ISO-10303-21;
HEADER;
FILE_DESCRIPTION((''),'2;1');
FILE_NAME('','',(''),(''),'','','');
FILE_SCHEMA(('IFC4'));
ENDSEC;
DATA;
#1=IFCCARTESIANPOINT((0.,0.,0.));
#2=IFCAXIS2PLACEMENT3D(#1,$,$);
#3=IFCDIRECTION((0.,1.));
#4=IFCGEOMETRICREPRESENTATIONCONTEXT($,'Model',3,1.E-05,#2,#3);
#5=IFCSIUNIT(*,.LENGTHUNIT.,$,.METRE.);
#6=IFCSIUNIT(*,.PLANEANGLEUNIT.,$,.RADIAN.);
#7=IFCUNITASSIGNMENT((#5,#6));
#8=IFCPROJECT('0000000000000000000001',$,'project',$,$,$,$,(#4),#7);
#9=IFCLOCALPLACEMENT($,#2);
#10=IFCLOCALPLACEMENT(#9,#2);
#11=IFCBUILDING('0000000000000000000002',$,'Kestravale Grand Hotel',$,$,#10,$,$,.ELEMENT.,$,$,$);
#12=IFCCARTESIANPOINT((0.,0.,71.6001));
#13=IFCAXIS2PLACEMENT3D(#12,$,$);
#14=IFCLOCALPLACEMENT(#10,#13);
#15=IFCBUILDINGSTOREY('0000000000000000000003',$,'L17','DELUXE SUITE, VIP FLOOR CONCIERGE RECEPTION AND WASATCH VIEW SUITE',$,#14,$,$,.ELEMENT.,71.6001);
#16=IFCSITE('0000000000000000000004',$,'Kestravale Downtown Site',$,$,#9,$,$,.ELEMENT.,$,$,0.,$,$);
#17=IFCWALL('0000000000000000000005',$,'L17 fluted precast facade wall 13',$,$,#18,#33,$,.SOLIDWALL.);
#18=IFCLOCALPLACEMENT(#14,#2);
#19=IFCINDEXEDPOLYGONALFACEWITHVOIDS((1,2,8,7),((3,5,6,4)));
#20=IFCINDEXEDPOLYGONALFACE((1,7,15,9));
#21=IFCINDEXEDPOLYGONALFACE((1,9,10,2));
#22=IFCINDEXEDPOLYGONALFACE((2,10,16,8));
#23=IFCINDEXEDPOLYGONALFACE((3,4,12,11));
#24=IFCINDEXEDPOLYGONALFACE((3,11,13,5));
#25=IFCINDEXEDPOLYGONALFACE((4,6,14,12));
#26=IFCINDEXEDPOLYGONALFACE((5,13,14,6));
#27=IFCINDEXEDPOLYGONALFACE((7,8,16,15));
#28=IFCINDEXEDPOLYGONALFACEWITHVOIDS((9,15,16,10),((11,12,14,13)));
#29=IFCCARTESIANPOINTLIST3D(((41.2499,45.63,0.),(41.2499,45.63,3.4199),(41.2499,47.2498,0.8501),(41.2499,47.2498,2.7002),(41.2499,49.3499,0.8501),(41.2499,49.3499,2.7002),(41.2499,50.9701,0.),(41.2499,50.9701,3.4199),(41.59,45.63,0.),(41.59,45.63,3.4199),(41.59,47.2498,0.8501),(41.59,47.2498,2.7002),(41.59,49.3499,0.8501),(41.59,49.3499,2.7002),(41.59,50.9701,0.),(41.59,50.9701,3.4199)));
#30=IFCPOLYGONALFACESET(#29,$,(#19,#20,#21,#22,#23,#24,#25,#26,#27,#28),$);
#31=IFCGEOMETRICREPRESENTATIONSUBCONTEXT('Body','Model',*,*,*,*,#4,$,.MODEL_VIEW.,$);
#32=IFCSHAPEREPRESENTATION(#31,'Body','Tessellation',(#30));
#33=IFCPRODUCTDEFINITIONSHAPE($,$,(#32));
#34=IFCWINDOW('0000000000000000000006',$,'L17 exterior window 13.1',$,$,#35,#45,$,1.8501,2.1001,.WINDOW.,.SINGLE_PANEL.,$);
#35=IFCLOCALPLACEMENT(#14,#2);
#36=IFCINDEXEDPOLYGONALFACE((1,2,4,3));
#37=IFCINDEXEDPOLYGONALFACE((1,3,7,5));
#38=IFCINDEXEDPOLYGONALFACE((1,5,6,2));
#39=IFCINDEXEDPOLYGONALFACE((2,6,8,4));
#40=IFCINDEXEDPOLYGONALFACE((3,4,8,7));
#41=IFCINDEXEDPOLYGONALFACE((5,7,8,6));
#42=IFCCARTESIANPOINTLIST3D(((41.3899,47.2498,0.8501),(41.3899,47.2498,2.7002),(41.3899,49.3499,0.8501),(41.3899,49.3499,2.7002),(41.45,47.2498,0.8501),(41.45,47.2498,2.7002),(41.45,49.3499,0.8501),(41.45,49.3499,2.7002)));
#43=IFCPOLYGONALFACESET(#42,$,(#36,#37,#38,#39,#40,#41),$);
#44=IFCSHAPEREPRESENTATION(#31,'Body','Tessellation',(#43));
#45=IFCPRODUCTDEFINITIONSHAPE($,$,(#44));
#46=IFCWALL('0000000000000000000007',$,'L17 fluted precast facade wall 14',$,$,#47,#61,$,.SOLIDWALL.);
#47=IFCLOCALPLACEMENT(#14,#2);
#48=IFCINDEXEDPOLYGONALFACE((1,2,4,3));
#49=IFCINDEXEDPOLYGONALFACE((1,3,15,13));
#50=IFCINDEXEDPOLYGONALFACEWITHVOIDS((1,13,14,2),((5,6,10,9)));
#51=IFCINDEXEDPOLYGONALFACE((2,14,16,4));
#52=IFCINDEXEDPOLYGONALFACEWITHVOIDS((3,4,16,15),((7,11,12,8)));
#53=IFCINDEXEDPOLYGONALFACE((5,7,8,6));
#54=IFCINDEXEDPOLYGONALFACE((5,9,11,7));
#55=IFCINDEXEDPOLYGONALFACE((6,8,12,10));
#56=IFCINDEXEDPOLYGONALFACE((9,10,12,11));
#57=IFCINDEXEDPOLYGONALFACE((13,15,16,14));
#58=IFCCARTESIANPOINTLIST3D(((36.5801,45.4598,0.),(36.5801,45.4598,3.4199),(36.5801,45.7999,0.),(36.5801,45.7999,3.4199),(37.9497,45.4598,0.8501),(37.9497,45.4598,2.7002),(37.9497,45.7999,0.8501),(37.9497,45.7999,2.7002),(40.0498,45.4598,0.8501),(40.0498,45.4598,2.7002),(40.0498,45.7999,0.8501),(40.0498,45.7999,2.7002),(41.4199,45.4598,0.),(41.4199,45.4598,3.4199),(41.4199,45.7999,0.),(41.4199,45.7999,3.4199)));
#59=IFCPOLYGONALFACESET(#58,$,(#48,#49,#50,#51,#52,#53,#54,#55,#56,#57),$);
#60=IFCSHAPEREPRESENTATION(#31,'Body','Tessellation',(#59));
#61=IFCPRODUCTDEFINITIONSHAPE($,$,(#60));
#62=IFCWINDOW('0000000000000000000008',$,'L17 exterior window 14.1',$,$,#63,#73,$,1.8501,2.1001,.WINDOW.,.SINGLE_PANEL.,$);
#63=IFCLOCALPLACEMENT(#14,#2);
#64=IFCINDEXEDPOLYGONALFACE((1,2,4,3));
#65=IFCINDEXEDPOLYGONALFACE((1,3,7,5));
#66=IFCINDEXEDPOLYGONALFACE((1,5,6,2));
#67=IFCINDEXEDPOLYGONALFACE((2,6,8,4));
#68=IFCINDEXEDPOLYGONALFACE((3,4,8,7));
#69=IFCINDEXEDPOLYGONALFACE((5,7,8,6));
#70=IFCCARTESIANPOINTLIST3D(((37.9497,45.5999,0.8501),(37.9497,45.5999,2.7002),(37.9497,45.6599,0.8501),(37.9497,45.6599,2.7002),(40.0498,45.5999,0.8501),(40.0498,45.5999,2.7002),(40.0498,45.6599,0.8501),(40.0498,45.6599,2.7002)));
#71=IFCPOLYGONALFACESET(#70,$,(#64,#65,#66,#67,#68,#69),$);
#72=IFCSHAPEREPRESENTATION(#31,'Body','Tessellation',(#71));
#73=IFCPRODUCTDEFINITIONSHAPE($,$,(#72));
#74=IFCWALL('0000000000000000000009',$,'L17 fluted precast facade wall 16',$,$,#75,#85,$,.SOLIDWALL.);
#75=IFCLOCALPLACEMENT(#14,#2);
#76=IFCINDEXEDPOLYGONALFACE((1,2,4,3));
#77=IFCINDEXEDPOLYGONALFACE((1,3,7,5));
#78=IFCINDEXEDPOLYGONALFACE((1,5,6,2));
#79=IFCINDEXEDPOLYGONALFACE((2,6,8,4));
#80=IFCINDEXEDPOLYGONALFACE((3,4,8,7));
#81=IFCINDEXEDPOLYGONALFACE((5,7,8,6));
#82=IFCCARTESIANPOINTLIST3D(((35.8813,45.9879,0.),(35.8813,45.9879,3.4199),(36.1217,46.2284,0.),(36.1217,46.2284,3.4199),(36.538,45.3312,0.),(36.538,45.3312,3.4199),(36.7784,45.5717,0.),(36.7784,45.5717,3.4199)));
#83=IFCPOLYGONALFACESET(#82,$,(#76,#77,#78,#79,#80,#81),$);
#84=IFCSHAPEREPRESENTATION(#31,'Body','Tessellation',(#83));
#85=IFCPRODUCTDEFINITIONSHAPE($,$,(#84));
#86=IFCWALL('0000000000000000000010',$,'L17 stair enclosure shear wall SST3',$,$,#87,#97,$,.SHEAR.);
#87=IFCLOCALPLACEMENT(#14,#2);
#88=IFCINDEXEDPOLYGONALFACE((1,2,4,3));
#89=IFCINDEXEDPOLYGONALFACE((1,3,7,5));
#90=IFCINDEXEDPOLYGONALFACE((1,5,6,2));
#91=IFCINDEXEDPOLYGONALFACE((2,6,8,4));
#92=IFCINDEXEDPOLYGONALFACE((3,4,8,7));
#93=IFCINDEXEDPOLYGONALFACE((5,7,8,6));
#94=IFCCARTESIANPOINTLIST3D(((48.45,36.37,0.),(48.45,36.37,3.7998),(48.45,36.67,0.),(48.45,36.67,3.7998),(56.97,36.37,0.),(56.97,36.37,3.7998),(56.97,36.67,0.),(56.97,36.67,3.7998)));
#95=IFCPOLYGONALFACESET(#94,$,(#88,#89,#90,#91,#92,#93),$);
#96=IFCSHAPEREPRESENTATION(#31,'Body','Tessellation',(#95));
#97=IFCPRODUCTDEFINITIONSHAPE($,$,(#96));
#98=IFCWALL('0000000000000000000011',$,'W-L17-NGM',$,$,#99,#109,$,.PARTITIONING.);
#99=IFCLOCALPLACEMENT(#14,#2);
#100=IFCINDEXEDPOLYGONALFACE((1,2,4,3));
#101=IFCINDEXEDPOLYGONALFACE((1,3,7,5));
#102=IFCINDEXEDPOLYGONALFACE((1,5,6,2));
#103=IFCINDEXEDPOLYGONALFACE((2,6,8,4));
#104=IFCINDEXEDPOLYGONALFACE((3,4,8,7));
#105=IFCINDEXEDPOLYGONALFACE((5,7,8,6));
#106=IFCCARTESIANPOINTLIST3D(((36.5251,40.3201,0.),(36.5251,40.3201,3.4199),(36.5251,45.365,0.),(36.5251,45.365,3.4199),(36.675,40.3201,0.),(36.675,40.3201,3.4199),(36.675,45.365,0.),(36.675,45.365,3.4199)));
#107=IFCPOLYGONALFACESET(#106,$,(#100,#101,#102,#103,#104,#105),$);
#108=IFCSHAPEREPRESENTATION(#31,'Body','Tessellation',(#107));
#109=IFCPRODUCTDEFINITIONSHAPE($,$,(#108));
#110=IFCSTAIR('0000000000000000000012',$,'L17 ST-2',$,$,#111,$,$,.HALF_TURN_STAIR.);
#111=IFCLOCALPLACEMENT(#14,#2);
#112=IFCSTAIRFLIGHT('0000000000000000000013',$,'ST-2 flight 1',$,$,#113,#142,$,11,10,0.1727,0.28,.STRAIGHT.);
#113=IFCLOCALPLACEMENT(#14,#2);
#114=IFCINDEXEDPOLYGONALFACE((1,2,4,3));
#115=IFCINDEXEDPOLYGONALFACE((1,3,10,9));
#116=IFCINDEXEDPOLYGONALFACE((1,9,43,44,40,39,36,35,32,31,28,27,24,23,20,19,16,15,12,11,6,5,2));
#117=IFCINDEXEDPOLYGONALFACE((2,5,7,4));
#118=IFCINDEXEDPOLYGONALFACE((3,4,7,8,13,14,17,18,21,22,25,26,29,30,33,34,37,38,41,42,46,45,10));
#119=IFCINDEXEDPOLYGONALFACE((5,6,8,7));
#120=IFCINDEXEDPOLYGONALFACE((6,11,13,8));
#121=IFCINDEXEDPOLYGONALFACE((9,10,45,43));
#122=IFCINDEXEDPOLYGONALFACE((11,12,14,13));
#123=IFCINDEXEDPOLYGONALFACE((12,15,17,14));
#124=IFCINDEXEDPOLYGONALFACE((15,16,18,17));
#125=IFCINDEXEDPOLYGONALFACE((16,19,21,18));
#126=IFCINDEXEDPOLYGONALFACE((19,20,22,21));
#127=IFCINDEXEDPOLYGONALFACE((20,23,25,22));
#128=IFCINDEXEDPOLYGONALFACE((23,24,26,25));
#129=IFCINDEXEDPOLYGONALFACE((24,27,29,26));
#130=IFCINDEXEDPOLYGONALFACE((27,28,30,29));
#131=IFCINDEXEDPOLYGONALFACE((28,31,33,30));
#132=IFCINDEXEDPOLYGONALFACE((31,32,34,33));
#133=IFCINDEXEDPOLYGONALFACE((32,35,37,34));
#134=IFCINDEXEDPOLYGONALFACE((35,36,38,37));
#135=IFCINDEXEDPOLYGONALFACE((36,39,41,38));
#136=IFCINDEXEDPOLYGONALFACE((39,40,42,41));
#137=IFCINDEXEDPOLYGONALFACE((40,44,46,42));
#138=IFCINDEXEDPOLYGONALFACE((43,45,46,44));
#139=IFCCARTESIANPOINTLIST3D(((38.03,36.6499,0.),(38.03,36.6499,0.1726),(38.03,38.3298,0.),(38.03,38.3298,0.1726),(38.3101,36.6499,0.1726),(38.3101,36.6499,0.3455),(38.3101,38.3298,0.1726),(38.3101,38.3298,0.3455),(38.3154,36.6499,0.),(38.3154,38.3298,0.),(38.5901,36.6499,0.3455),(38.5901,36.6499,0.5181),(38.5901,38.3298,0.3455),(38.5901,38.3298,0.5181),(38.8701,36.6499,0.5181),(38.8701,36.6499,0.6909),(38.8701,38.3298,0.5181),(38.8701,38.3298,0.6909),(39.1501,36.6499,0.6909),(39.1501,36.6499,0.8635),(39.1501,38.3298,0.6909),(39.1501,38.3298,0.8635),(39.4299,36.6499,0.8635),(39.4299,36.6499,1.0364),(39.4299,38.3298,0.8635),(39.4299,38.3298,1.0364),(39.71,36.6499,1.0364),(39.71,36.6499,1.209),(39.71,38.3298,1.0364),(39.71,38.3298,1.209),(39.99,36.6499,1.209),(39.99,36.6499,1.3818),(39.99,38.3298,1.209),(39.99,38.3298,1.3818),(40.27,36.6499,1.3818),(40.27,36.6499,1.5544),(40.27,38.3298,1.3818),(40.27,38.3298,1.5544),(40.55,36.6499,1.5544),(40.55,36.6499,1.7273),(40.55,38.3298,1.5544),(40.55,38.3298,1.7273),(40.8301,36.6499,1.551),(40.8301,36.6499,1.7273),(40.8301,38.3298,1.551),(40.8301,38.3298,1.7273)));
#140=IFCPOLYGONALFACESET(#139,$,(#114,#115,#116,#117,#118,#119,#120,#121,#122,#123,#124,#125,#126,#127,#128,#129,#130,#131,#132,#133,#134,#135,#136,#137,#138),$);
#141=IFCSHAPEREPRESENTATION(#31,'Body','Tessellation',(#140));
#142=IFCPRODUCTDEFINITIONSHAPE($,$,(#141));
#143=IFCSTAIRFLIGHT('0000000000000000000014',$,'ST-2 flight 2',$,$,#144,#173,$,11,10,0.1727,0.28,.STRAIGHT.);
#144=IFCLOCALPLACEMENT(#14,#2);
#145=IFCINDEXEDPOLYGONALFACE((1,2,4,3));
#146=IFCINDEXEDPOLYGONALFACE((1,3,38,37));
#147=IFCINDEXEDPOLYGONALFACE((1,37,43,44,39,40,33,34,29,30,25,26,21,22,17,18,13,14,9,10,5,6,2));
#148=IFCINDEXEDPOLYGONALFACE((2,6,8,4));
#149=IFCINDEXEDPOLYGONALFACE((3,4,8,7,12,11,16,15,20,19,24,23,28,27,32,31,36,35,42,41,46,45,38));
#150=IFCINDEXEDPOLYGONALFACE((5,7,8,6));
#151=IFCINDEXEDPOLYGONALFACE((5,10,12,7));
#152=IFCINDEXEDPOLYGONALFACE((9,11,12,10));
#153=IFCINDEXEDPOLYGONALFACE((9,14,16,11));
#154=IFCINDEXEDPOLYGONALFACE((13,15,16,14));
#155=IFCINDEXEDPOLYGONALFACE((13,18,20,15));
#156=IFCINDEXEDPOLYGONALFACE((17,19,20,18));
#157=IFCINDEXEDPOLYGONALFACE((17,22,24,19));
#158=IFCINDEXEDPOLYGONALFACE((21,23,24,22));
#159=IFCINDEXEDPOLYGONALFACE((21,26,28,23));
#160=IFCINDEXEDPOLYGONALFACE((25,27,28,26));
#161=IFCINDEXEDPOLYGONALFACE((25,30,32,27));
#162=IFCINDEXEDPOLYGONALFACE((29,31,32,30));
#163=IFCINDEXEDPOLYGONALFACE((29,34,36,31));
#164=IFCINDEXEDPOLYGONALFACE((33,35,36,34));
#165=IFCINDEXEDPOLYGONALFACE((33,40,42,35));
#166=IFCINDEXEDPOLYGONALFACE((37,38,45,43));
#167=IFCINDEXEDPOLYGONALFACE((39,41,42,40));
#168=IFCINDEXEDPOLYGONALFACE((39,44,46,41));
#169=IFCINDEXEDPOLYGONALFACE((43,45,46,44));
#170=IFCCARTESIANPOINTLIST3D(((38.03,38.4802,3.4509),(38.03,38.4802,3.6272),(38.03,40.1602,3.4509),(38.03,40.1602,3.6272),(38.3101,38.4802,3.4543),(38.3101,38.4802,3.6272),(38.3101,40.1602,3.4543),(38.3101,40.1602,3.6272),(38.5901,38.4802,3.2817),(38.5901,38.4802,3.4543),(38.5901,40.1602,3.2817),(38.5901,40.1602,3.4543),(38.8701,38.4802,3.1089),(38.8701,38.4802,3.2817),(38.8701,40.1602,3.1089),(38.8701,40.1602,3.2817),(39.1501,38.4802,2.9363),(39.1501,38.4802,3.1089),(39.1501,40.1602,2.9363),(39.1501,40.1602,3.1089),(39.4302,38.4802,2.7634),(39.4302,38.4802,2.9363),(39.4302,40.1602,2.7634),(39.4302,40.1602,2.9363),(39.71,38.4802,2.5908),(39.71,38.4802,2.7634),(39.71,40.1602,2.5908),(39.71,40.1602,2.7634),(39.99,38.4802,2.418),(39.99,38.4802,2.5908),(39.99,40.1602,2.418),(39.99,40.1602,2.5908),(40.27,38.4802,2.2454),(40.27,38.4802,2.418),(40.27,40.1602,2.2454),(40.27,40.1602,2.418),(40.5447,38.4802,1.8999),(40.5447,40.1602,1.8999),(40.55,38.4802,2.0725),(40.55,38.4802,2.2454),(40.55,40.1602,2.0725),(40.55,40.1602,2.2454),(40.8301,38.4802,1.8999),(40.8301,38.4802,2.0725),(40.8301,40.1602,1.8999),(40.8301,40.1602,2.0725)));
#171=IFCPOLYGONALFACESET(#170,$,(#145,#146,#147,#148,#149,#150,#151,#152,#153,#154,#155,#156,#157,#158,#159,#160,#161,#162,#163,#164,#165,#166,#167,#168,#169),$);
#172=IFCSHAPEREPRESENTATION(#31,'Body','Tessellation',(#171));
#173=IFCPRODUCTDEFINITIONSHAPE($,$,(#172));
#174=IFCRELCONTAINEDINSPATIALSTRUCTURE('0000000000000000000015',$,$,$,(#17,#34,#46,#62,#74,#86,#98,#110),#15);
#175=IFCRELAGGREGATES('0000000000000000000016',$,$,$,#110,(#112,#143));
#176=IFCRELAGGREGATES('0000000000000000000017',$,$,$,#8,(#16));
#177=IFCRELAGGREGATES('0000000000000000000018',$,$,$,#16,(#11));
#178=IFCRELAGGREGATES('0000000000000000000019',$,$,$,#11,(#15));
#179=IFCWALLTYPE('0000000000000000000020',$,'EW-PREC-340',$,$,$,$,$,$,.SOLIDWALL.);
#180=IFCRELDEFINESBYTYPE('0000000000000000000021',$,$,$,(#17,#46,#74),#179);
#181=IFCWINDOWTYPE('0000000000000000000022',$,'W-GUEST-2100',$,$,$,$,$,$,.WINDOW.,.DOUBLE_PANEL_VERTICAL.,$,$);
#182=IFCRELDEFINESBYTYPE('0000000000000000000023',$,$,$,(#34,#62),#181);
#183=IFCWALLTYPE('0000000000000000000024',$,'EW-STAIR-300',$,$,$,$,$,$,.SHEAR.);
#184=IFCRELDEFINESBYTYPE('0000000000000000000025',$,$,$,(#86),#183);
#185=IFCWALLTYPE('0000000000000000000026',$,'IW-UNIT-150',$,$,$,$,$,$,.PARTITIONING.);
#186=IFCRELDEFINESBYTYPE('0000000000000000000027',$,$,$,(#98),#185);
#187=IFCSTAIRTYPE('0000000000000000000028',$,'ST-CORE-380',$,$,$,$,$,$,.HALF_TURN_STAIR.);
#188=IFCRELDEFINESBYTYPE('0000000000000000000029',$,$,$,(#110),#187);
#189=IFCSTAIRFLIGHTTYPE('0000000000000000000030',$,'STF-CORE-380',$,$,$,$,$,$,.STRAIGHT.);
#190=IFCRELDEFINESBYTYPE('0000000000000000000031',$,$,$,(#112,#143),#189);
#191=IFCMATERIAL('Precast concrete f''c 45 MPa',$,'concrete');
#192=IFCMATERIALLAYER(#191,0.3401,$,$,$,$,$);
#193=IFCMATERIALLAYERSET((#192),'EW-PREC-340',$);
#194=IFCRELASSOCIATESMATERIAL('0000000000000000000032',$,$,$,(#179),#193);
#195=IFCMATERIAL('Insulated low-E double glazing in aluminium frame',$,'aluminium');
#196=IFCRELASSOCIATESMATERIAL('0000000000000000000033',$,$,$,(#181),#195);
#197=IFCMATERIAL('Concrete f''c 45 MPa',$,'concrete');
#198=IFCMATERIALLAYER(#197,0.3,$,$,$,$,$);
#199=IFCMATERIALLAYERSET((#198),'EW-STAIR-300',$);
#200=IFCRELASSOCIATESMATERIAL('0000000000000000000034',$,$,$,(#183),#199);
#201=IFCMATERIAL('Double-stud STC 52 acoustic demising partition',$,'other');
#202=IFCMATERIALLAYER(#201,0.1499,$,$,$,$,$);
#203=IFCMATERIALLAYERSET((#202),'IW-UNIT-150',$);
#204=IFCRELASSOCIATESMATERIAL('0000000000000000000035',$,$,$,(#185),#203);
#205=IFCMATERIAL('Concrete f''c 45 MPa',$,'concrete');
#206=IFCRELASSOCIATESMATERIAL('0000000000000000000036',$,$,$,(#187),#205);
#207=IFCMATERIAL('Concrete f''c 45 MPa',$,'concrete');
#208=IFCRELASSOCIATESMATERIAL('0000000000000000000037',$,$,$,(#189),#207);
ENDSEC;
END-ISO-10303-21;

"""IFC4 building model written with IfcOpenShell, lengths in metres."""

from ifc_helpers import new_model, si_unit, direction, frame, frame_2d, origin, place, context, subcontext, project, spatial, polyline, rectangle, outline, extrude, material, layer, layer_set, type_object, element, fill, aggregate, save


model = new_model("IFC4")

# Units and contexts
model_context = context("Model", 3, precision=1e-05, world=origin(), true_north=direction((0.0, 1.0)))
body_context = subcontext(model_context, "Body", "Model", "MODEL_VIEW")
ifc_project = project(units=[si_unit("LENGTHUNIT", "METRE"), si_unit("PLANEANGLEUNIT", "RADIAN")], contexts=[model_context])

# Site, building, storey
site_placement = place(None, origin())
site = spatial("IfcSite", under=ifc_project, at=site_placement, Name="Kestravale Downtown Site", CompositionType="ELEMENT", RefElevation=0.0)
building_placement = place(site_placement, origin())
building = spatial("IfcBuilding", under=site, at=building_placement, Name="Kestravale Grand Hotel", CompositionType="ELEMENT")
storey_placement = place(building_placement, frame((0.0, 0.0, 71.6001)))
storey = spatial("IfcBuildingStorey", under=building, at=storey_placement, Name="L17", Description="DELUXE SUITE, VIP FLOOR CONCIERGE RECEPTION AND WASATCH VIEW SUITE", CompositionType="ELEMENT", Elevation=71.6001)

# Shared definitions
ifc_material_1 = material(Name="Precast concrete f'c 45 MPa", Category="concrete")
ifc_layer_1 = layer(ifc_material_1, 0.3401)
ifc_layer_set_1 = layer_set([ifc_layer_1], Name="EW-PREC-340")
wall_type_1 = type_object("IfcWallType", Name="EW-PREC-340", PredefinedType="SOLIDWALL", material=ifc_layer_set_1)

# Walls, openings, windows
wall_1_placement = place(storey_placement, frame((41.4199, 50.97, 0.0), z_axis=(0.0, 0.0, 1.0), x_axis=(0.0, -1.0, 0.0)))
wall_1 = element("IfcWall", 1, at=wall_1_placement, inside=storey, type_object=wall_type_1, Name="L17 fluted precast facade wall 13", PredefinedType="SOLIDWALL", context=body_context, shape_type="SweptSolid", body=[
    extrude(rectangle(XDim=5.3401, YDim=0.3401, at=frame_2d((2.6699, 0.0))), origin(), (0.0, 0.0, 1.0), 3.4199),
])
opening_1_placement = place(wall_1_placement, frame((1.6201, 0.0, 0.8501)))
opening_1 = element("IfcOpeningElement", 2, at=opening_1_placement, cuts=wall_1, PredefinedType="OPENING", context=body_context, shape_type="SweptSolid", body=[
    extrude(rectangle(XDim=2.1001, YDim=1.8501, at=frame_2d((1.05, 0.925))), frame((0.0, 0.1799, 0.0), z_axis=(0.0, -1.0, 0.0), x_axis=(1.0, 0.0, 0.0)), (0.0, 0.0, 1.0), 0.3601),
])
ifc_material_2 = material(Name="Insulated low-E double glazing in aluminium frame", Category="aluminium")
window_type = type_object("IfcWindowType", Name="W-GUEST-2100", PartitioningType="DOUBLE_PANEL_VERTICAL", PredefinedType="WINDOW", material=ifc_material_2)
window_1_placement = place(opening_1_placement, origin())
window_1 = element("IfcWindow", 3, at=window_1_placement, inside=storey, type_object=window_type, Name="L17 exterior window 13.1", OverallHeight=1.8501, OverallWidth=2.1001, PartitioningType="SINGLE_PANEL", PredefinedType="WINDOW", context=body_context, shape_type="SweptSolid", body=[
    extrude(rectangle(XDim=2.1001, YDim=1.8501, at=frame_2d((1.05, 0.925))), frame((0.0, 0.03, 0.0), z_axis=(0.0, -1.0, 0.0), x_axis=(1.0, 0.0, 0.0)), (0.0, 0.0, 1.0), 0.0601),
])
fill(opening_1, window_1)
wall_2_placement = place(storey_placement, frame((41.4199, 45.6299, 0.0), z_axis=(0.0, 0.0, 1.0), x_axis=(-1.0, 0.0, 0.0)))
wall_2 = element("IfcWall", 4, at=wall_2_placement, inside=storey, type_object=wall_type_1, Name="L17 fluted precast facade wall 14", PredefinedType="SOLIDWALL", context=body_context, shape_type="SweptSolid", body=[
    extrude(rectangle(XDim=4.8398, YDim=0.3401, at=frame_2d((2.4199, 0.0))), origin(), (0.0, 0.0, 1.0), 3.4199),
])
opening_2_placement = place(wall_2_placement, frame((1.3701, 0.0, 0.8501)))
opening_2 = element("IfcOpeningElement", 5, at=opening_2_placement, cuts=wall_2, PredefinedType="OPENING", context=body_context, shape_type="SweptSolid", body=[
    extrude(rectangle(XDim=2.1001, YDim=1.8501, at=frame_2d((1.05, 0.925))), frame((0.0, 0.1799, 0.0), z_axis=(0.0, -1.0, 0.0), x_axis=(1.0, 0.0, 0.0)), (0.0, 0.0, 1.0), 0.3601),
])
window_2_placement = place(opening_2_placement, origin())
window_2 = element("IfcWindow", 6, at=window_2_placement, inside=storey, type_object=window_type, Name="L17 exterior window 14.1", OverallHeight=1.8501, OverallWidth=2.1001, PartitioningType="SINGLE_PANEL", PredefinedType="WINDOW", context=body_context, shape_type="SweptSolid", body=[
    extrude(rectangle(XDim=2.1001, YDim=1.8501, at=frame_2d((1.05, 0.925))), frame((0.0, 0.03, 0.0), z_axis=(0.0, -1.0, 0.0), x_axis=(1.0, 0.0, 0.0)), (0.0, 0.0, 1.0), 0.0601),
])
fill(opening_2, window_2)

# Walls
wall_3_placement = place(storey_placement, frame((36.6582, 45.4514, 0.0), z_axis=(0.0, 0.0, 1.0), x_axis=(-0.707107, 0.707107, 0.0)))
element("IfcWall", 7, at=wall_3_placement, inside=storey, type_object=wall_type_1, Name="L17 fluted precast facade wall 16", PredefinedType="SOLIDWALL", context=body_context, shape_type="SweptSolid", body=[
    extrude(rectangle(XDim=0.9287, YDim=0.3401, at=frame_2d((0.4644, 0.0))), origin(), (0.0, 0.0, 1.0), 3.4199),
])
ifc_material_3 = material(Name="Concrete f'c 45 MPa", Category="concrete")
ifc_layer_2 = layer(ifc_material_3, 0.3)
ifc_layer_set_2 = layer_set([ifc_layer_2], Name="EW-STAIR-300")
wall_type_2 = type_object("IfcWallType", Name="EW-STAIR-300", PredefinedType="SHEAR", material=ifc_layer_set_2)
wall_4_placement = place(storey_placement, frame((48.45, 36.52, 0.0), z_axis=(0.0, 0.0, 1.0), x_axis=(1.0, 0.0, 0.0)))
element("IfcWall", 8, at=wall_4_placement, inside=storey, type_object=wall_type_2, Name="L17 stair enclosure shear wall SST3", PredefinedType="SHEAR", context=body_context, shape_type="SweptSolid", body=[
    extrude(rectangle(XDim=8.52, YDim=0.3, at=frame_2d((4.26, 0.0))), origin(), (0.0, 0.0, 1.0), 3.7998),
])

# Wall
ifc_material_4 = material(Name="Double-stud STC 52 acoustic demising partition", Category="other")
ifc_layer_3 = layer(ifc_material_4, 0.1499)
ifc_layer_set_3 = layer_set([ifc_layer_3], Name="IW-UNIT-150")
wall_type_3 = type_object("IfcWallType", Name="IW-UNIT-150", PredefinedType="PARTITIONING", material=ifc_layer_set_3)
wall_5_placement = place(storey_placement, frame((36.6001, 40.3201, 0.0), z_axis=(0.0, 0.0, 1.0), x_axis=(0.0, 1.0, 0.0)))
element("IfcWall", 9, at=wall_5_placement, inside=storey, type_object=wall_type_3, Name="W-L17-NGM", PredefinedType="PARTITIONING", context=body_context, shape_type="SweptSolid", body=[
    extrude(rectangle(XDim=5.0449, YDim=0.1499, at=frame_2d((2.5225, 0.0))), origin(), (0.0, 0.0, 1.0), 3.4199),
])

# Stair, stair flights
ifc_material_5 = material(Name="Concrete f'c 45 MPa", Category="concrete")
stair_type = type_object("IfcStairType", Name="ST-CORE-380", PredefinedType="HALF_TURN_STAIR", material=ifc_material_5)
stair_placement = place(storey_placement, origin())
stair = element("IfcStair", 10, at=stair_placement, inside=storey, type_object=stair_type, Name="L17 ST-2", PredefinedType="HALF_TURN_STAIR")
ifc_material_6 = material(Name="Concrete f'c 45 MPa", Category="concrete")
stair_flight_type = type_object("IfcStairFlightType", Name="STF-CORE-380", PredefinedType="STRAIGHT", material=ifc_material_6)
stair_flight_1_placement = place(storey_placement, frame((38.03, 37.49, 0.0), z_axis=(0.0, 0.0, 1.0), x_axis=(1.0, 0.0, 0.0)))
stair_flight_1 = element("IfcStairFlight", 11, at=stair_flight_1_placement, type_object=stair_flight_type, Name="ST-2 flight 1", NumberOfRisers=11, NumberOfTreads=10, PredefinedType="STRAIGHT", RiserHeight=0.1727, TreadLength=0.28, context=body_context, shape_type="SweptSolid", body=[
    extrude(outline(polyline([(0.0, 0.0), (0.0, 0.1726), (0.28, 0.1726), (0.28, 0.3455), (0.5601, 0.3455), (0.5601, 0.5181), (0.8401, 0.5181), (0.8401, 0.6909), (1.1201, 0.6909), (1.1201, 0.8635), (1.3999, 0.8635), (1.3999, 1.0364), (1.6799, 1.0364), (1.6799, 1.209), (1.96, 1.209), (1.96, 1.3818), (2.24, 1.3818), (2.24, 1.5544), (2.52, 1.5544), (2.52, 1.7273), (2.8, 1.7273), (2.8, 1.8999), (2.8, 1.551), (0.2854, 0.0), (0.0, 0.0)])), frame((0.0, 0.8398, 0.0), z_axis=(0.0, -1.0, 0.0), x_axis=(1.0, 0.0, 0.0)), (0.0, 0.0, 1.0), 1.6799),
])
stair_flight_2_placement = place(storey_placement, frame((40.8301, 39.3201, 1.8999), z_axis=(0.0, 0.0, 1.0), x_axis=(-1.0, 0.0, 0.0)))
stair_flight_2 = element("IfcStairFlight", 12, at=stair_flight_2_placement, type_object=stair_flight_type, Name="ST-2 flight 2", NumberOfRisers=11, NumberOfTreads=10, PredefinedType="STRAIGHT", RiserHeight=0.1727, TreadLength=0.28, context=body_context, shape_type="SweptSolid", body=[
    extrude(outline(polyline([(0.0, 0.0), (0.0, 0.1726), (0.28, 0.1726), (0.28, 0.3455), (0.5601, 0.3455), (0.5601, 0.5181), (0.8401, 0.5181), (0.8401, 0.6909), (1.1201, 0.6909), (1.1201, 0.8635), (1.3999, 0.8635), (1.3999, 1.0364), (1.6799, 1.0364), (1.6799, 1.209), (1.96, 1.209), (1.96, 1.3818), (2.24, 1.3818), (2.24, 1.5544), (2.52, 1.5544), (2.52, 1.7273), (2.8, 1.7273), (2.8, 1.8999), (2.8, 1.551), (0.2854, 0.0), (0.0, 0.0)])), frame((0.0, 0.8398, 0.0), z_axis=(0.0, -1.0, 0.0), x_axis=(1.0, 0.0, 0.0)), (0.0, 0.0, 1.0), 1.6799),
])
aggregate(stair, [stair_flight_1, stair_flight_2])

save(model, "model.ifc")
